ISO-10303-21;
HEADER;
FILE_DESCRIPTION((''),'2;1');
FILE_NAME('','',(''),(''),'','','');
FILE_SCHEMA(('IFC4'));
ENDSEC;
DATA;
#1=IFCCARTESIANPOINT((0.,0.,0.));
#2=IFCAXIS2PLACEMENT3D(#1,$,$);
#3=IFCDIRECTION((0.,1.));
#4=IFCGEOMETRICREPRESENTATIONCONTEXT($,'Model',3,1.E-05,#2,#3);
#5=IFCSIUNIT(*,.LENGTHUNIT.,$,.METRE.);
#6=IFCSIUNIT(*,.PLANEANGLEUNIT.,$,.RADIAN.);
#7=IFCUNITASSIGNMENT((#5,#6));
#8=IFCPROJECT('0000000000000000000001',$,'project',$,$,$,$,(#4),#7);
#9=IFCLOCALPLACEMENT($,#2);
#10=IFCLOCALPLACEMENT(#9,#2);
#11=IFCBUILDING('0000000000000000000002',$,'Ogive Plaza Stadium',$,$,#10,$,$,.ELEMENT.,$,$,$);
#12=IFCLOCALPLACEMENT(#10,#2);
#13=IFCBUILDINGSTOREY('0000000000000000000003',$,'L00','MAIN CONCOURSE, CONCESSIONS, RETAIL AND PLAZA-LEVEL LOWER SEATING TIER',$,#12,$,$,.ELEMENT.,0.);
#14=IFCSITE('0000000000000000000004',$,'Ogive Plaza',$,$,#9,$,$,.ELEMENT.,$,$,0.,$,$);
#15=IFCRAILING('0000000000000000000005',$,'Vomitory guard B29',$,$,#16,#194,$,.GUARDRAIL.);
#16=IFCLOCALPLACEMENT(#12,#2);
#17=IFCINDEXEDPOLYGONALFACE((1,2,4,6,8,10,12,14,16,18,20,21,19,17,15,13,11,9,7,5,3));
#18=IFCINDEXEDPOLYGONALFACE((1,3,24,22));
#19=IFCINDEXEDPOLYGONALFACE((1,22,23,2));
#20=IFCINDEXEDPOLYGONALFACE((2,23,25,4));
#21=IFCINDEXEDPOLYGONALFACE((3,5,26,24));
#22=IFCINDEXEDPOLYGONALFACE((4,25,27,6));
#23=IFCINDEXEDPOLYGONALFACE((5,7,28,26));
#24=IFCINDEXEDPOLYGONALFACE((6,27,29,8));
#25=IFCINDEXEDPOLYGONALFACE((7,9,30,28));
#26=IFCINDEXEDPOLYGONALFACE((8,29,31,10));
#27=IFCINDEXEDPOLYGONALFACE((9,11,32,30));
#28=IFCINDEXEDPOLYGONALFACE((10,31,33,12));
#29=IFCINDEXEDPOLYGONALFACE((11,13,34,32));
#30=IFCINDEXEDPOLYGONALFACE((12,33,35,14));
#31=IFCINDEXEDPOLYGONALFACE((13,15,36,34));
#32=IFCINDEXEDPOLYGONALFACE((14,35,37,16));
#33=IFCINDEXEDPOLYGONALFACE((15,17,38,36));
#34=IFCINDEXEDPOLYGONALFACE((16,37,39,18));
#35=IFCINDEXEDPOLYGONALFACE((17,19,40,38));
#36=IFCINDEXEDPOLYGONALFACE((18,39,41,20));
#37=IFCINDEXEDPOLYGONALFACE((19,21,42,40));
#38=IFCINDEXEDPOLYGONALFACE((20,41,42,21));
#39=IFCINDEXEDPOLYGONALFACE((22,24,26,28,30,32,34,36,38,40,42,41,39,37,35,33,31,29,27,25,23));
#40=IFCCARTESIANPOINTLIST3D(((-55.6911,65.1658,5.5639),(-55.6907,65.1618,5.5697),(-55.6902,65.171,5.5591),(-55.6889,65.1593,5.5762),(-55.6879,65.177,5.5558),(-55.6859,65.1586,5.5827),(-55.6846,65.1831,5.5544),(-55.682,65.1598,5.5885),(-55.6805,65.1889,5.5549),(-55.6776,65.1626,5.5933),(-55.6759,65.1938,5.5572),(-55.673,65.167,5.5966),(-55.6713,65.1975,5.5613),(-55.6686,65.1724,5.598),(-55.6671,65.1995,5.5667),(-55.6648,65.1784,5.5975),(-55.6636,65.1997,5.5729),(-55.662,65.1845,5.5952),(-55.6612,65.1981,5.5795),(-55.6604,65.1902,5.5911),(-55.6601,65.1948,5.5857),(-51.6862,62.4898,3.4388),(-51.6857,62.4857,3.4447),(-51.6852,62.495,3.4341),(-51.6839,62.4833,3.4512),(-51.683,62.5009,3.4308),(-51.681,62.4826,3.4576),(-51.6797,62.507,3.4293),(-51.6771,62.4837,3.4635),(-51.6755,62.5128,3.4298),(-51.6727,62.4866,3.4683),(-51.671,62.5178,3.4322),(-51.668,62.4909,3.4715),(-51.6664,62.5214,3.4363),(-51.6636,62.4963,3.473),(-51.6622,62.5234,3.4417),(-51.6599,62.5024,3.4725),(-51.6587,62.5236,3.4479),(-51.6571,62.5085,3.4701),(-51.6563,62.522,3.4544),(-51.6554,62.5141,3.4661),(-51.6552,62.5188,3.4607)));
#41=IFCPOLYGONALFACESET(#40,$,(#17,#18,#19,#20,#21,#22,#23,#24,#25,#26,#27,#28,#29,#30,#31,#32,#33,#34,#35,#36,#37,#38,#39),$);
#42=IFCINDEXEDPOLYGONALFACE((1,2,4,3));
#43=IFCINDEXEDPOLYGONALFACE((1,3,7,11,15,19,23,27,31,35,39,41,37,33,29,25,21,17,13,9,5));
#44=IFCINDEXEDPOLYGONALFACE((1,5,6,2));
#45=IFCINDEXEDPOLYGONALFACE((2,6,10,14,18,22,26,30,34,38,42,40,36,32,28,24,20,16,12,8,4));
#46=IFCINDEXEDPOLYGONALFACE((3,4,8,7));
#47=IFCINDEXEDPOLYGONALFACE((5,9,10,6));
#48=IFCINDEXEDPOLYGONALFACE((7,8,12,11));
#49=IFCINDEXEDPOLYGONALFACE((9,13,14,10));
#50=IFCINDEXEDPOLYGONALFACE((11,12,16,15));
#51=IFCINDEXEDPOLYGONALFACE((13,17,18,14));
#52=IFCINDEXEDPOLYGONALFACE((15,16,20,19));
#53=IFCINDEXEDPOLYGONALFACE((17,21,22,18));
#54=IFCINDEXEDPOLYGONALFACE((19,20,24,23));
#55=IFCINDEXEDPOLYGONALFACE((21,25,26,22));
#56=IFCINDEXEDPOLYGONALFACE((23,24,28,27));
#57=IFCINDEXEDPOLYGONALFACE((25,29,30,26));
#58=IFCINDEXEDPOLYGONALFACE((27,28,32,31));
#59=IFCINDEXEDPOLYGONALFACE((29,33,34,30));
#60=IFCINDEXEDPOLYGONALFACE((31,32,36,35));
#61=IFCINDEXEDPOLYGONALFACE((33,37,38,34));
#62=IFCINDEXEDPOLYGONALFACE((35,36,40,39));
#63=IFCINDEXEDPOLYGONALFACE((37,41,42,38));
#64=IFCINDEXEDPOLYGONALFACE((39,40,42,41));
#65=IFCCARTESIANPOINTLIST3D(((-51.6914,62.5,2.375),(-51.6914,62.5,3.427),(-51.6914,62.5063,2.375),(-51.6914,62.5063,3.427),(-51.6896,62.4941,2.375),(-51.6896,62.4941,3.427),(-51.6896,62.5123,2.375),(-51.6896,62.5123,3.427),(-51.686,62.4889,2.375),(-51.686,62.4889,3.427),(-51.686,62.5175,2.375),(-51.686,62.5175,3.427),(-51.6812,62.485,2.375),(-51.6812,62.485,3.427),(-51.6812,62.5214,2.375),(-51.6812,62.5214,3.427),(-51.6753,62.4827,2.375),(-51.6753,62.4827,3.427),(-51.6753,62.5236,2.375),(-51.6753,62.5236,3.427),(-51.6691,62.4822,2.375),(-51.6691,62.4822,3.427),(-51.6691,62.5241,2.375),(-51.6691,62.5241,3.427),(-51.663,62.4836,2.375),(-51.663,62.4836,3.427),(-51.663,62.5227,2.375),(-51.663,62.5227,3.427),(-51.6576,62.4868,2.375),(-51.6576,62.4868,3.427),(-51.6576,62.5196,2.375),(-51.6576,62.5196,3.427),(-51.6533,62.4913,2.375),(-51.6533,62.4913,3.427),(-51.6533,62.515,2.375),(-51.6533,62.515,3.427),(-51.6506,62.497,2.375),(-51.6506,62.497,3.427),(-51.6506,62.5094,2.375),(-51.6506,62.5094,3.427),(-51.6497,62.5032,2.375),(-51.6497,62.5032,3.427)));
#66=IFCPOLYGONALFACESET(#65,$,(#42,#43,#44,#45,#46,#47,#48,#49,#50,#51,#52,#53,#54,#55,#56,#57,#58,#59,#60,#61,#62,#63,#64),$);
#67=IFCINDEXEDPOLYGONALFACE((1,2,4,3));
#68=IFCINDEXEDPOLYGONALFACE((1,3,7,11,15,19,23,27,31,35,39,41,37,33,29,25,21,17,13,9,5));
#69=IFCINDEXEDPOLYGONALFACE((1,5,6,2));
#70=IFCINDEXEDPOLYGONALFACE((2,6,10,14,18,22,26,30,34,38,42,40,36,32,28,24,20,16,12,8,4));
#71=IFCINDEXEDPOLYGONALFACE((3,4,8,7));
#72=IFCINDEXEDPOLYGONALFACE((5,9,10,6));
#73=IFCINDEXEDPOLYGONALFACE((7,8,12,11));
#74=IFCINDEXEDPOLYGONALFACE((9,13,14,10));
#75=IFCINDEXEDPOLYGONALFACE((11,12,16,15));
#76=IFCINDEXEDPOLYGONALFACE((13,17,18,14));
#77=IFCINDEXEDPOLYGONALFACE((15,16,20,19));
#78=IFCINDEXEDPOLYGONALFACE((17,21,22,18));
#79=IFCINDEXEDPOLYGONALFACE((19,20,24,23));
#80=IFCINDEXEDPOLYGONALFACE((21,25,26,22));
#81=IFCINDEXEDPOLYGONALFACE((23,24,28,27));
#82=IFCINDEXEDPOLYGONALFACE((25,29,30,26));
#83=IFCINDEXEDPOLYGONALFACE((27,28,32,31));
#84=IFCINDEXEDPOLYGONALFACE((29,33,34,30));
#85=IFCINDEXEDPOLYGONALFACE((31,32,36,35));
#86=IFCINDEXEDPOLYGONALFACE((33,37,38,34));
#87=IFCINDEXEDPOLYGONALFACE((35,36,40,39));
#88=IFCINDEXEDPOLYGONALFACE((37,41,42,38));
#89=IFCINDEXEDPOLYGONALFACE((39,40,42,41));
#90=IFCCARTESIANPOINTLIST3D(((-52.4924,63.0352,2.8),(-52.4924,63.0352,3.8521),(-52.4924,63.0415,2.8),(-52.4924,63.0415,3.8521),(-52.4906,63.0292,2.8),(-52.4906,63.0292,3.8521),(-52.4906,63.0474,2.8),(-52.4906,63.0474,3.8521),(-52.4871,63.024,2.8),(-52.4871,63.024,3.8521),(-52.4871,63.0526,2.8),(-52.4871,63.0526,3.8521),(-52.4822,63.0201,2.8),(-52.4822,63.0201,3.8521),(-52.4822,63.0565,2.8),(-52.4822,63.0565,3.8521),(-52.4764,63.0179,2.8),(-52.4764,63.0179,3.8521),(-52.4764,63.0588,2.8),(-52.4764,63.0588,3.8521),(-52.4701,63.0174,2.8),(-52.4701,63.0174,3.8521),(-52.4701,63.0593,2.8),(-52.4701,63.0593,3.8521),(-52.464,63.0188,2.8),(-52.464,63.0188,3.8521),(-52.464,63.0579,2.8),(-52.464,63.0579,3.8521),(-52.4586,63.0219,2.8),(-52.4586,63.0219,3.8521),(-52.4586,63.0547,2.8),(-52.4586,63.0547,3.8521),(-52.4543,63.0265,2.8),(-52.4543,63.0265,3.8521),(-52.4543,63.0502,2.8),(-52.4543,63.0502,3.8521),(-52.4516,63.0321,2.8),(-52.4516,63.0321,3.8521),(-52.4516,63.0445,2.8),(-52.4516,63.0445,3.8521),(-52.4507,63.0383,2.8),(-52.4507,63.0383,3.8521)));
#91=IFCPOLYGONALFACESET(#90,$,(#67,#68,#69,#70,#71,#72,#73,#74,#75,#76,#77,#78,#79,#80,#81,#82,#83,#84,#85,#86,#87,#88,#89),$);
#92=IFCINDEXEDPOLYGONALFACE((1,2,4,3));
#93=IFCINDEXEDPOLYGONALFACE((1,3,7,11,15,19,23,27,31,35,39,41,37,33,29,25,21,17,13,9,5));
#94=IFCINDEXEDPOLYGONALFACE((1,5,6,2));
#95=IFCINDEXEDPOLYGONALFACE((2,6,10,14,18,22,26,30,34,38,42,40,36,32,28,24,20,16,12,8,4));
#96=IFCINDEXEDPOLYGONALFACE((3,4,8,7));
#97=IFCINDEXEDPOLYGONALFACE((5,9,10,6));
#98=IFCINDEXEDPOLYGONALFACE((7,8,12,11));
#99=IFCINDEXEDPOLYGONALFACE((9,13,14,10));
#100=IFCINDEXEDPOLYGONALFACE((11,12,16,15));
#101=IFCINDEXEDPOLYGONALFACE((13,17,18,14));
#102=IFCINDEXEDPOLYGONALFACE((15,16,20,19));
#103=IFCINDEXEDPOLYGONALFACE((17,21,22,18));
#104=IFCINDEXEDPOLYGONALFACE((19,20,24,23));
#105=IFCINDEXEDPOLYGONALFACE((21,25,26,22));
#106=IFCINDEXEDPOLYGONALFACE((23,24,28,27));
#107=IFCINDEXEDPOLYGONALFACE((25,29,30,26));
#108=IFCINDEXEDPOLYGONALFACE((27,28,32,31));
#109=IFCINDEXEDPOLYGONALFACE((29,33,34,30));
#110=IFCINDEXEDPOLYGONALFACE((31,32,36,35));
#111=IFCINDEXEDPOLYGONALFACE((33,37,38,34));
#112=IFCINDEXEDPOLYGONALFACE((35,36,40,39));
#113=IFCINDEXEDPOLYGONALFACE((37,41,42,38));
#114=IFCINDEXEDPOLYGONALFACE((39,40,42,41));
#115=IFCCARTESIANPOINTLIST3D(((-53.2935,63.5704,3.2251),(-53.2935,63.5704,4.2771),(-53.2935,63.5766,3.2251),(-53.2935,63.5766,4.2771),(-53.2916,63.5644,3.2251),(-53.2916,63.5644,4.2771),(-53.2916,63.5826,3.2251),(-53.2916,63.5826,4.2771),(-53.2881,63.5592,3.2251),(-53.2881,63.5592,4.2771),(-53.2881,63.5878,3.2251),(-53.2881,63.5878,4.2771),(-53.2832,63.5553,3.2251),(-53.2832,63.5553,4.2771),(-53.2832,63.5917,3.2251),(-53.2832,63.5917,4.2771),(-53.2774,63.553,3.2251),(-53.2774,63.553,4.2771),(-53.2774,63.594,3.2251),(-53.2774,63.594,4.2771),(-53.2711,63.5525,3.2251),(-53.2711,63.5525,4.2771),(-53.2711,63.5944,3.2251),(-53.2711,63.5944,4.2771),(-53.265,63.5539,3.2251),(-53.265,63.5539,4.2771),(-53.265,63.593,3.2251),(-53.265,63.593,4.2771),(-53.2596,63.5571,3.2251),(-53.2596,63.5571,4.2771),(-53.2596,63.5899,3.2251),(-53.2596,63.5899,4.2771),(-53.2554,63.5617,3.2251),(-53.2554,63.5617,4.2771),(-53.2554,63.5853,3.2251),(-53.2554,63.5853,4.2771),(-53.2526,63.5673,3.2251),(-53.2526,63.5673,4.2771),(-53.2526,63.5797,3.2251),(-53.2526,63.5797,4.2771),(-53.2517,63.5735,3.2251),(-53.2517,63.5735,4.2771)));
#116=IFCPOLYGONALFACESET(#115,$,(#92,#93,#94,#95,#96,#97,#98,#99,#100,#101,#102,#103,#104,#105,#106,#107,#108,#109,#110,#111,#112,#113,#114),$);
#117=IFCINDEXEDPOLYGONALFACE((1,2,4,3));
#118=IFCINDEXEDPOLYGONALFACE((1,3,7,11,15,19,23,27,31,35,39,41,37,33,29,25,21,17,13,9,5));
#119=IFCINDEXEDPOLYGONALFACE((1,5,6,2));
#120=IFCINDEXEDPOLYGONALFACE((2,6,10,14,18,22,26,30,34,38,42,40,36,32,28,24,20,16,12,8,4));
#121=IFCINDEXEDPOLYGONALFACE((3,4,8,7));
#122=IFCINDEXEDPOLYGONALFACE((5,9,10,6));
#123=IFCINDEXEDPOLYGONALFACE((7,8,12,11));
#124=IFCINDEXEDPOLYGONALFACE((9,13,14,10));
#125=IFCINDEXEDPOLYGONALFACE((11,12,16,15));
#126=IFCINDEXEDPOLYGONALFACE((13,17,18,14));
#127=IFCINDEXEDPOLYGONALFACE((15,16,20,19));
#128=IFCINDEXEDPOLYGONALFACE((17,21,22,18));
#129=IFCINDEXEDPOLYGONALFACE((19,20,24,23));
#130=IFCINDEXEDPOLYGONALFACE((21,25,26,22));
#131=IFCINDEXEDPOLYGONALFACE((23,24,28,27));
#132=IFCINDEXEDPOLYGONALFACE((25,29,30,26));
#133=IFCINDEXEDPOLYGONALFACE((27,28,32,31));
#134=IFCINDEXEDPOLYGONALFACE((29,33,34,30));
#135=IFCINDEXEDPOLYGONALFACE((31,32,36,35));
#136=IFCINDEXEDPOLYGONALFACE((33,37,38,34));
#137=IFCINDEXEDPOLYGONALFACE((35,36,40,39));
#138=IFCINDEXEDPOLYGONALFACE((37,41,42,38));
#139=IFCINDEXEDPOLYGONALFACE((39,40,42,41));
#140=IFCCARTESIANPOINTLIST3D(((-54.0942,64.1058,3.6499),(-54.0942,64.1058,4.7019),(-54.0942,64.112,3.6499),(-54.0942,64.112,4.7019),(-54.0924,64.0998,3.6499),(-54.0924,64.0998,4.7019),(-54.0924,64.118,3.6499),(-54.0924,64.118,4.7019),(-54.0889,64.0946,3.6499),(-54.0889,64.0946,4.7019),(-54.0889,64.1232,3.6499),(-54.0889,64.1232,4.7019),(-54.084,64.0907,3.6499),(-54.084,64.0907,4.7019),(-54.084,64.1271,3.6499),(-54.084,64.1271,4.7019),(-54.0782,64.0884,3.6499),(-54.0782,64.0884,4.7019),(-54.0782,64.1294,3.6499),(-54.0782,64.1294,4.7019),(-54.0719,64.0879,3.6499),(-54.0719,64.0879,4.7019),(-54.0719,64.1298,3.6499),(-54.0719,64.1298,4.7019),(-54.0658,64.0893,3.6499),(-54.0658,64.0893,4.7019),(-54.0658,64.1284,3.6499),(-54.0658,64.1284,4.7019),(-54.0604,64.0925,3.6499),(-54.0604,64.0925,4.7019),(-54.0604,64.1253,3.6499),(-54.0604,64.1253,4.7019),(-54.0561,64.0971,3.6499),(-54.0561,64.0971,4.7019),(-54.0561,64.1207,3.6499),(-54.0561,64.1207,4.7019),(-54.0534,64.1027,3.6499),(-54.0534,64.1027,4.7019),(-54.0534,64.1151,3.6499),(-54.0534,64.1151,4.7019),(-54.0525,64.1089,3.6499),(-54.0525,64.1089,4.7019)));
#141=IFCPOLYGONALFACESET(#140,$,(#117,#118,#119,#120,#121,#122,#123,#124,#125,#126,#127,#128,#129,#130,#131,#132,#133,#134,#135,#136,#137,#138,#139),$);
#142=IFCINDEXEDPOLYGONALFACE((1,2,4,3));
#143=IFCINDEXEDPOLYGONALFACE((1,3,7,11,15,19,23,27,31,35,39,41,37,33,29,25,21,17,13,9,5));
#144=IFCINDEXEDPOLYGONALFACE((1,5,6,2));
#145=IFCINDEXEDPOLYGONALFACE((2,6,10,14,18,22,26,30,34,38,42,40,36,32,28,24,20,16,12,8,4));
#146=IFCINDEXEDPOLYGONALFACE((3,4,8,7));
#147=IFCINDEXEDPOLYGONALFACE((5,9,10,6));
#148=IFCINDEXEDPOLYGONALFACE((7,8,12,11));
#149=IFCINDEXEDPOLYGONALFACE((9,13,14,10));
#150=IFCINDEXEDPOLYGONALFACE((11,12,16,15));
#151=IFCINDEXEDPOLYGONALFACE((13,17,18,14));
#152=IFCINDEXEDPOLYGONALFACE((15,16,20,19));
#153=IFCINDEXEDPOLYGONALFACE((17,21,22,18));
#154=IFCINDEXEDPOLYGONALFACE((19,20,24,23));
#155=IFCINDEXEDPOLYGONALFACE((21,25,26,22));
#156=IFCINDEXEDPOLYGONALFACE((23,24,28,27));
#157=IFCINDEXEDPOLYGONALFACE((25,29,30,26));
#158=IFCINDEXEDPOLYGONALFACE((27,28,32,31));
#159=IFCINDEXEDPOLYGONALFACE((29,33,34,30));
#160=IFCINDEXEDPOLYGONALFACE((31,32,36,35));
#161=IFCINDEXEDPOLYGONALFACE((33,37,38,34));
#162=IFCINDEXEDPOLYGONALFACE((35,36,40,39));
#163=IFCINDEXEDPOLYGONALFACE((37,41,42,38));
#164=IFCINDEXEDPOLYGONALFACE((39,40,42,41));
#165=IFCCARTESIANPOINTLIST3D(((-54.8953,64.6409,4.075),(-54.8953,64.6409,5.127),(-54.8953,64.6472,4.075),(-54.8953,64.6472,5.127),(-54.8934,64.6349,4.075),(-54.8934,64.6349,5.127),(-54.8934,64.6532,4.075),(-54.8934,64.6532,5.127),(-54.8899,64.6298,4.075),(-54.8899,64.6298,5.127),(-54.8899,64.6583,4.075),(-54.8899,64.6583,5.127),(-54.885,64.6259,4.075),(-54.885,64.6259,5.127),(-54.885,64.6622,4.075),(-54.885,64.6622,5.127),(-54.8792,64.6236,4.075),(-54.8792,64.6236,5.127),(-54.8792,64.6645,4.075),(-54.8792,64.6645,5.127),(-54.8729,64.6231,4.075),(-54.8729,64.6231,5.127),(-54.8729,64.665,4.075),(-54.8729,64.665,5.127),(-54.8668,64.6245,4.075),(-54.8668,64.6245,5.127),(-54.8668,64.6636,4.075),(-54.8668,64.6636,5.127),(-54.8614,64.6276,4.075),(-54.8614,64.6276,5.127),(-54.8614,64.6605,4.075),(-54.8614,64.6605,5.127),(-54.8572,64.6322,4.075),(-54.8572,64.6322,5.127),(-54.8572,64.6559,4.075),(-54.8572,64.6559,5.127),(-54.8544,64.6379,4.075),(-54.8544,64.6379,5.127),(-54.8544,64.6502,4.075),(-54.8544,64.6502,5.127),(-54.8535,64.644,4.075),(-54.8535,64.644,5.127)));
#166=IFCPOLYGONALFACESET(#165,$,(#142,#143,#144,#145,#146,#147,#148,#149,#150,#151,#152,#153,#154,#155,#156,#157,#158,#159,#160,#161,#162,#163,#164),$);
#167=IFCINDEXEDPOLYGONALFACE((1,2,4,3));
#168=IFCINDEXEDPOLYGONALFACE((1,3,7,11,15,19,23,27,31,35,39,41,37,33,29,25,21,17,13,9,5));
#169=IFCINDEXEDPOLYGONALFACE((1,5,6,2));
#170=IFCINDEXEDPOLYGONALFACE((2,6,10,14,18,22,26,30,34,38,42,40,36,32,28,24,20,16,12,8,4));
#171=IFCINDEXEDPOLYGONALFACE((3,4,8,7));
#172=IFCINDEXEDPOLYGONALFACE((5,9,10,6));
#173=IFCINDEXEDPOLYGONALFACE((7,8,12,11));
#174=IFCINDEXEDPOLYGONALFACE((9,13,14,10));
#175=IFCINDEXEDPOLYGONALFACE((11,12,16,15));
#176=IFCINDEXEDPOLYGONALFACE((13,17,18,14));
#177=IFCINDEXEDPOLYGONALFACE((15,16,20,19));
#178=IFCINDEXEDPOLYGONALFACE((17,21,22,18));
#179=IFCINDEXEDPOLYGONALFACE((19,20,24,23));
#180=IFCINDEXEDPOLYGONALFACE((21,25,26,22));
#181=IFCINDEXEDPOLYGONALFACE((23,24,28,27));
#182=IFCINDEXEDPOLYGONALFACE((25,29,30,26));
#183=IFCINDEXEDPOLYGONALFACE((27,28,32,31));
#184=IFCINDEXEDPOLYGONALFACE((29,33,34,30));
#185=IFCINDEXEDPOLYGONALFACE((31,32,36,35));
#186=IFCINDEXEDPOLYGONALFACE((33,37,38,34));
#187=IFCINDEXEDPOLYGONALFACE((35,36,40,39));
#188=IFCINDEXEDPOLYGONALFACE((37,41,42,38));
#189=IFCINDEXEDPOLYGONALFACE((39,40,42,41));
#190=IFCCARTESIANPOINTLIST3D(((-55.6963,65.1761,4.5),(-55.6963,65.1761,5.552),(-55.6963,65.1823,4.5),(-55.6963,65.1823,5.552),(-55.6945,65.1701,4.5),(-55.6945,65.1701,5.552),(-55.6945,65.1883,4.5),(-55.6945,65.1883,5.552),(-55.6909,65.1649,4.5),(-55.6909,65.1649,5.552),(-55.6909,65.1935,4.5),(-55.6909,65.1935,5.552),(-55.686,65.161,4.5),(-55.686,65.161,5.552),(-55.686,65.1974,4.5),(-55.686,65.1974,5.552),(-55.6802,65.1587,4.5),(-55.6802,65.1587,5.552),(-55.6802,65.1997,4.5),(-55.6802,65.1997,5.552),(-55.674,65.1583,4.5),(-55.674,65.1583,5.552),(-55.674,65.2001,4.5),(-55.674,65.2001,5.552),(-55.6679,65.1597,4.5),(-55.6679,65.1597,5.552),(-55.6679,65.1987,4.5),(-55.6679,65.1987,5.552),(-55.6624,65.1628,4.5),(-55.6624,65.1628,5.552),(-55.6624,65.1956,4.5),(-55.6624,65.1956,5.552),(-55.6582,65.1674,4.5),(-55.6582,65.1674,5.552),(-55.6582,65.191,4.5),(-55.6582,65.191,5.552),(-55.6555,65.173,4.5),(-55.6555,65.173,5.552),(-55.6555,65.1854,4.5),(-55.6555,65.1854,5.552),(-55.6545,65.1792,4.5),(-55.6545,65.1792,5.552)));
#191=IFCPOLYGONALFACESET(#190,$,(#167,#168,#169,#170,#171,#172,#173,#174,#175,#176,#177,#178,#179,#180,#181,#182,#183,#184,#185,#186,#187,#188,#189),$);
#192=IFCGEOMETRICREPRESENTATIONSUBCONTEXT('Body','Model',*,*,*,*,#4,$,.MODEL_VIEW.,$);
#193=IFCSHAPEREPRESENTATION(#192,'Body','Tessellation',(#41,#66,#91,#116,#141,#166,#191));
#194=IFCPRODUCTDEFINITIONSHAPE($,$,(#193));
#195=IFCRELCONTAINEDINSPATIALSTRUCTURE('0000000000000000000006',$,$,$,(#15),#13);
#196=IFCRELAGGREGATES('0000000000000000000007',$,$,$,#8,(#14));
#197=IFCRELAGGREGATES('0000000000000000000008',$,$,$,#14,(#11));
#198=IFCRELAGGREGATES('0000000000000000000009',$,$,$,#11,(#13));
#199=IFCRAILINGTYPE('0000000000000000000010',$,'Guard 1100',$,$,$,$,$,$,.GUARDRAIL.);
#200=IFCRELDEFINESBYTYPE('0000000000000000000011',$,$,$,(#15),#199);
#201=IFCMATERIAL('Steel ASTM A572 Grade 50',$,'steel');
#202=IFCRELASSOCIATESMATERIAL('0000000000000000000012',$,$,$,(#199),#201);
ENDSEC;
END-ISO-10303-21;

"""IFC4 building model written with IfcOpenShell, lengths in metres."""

from ifc_helpers import new_model, si_unit, direction, frame, origin, origin_2d, place, context, subcontext, project, spatial, circle, extrude, material, type_object, element, save


model = new_model("IFC4")

# Units and contexts
model_context = context("Model", 3, precision=1e-05, world=origin(), true_north=direction((0.0, 1.0)))
body_context = subcontext(model_context, "Body", "Model", "MODEL_VIEW")
ifc_project = project(units=[si_unit("LENGTHUNIT", "METRE"), si_unit("PLANEANGLEUNIT", "RADIAN")], contexts=[model_context])

# Site, building, storey
site_placement = place(None, origin())
site = spatial("IfcSite", under=ifc_project, at=site_placement, Name="Ogive Plaza", CompositionType="ELEMENT", RefElevation=0.0)
building_placement = place(site_placement, origin())
building = spatial("IfcBuilding", under=site, at=building_placement, Name="Ogive Plaza Stadium", CompositionType="ELEMENT")
storey_placement = place(building_placement, origin())
storey = spatial("IfcBuildingStorey", under=building, at=storey_placement, Name="L00", Description="MAIN CONCOURSE, CONCESSIONS, RETAIL AND PLAZA-LEVEL LOWER SEATING TIER", CompositionType="ELEMENT", Elevation=0.0)

# Railing
ifc_material_1 = material(Name="Steel ASTM A572 Grade 50", Category="steel")
railing_type = type_object("IfcRailingType", Name="Guard 1100", PredefinedType="GUARDRAIL", material=ifc_material_1)
for number, where, name in (
    (1, (-51.6707, 62.5032, 2.375), "Vomitory guard B29"),
):
    element("IfcRailing", number, at=place(storey_placement, frame(where)), inside=storey, type_object=railing_type, Name=name, PredefinedType="GUARDRAIL", context=body_context, shape_type="SweptSolid", body=[
        extrude(circle(Radius=0.0239, at=origin_2d()), frame((0.0, 0.0, 1.0762), z_axis=(-0.760722, 0.508307, 0.403641), x_axis=(-0.555577, -0.831465, 0.0)), (0.0, 0.0, 1.0), 5.2646),
        extrude(circle(Radius=0.021, at=origin_2d()), origin(), (0.0, 0.0, 1.0), 1.052),
        extrude(circle(Radius=0.021, at=origin_2d()), frame((-0.801, 0.5352, 0.425)), (0.0, 0.0, 1.0), 1.052),
        extrude(circle(Radius=0.021, at=origin_2d()), frame((-1.6021, 1.0703, 0.8501)), (0.0, 0.0, 1.0), 1.052),
        extrude(circle(Radius=0.021, at=origin_2d()), frame((-2.4028, 1.6057, 1.2749)), (0.0, 0.0, 1.0), 1.052),
        extrude(circle(Radius=0.021, at=origin_2d()), frame((-3.2039, 2.1409, 1.7)), (0.0, 0.0, 1.0), 1.052),
        extrude(circle(Radius=0.021, at=origin_2d()), frame((-4.0049, 2.676, 2.125)), (0.0, 0.0, 1.0), 1.052),
    ])

save(model, "model.ifc")
